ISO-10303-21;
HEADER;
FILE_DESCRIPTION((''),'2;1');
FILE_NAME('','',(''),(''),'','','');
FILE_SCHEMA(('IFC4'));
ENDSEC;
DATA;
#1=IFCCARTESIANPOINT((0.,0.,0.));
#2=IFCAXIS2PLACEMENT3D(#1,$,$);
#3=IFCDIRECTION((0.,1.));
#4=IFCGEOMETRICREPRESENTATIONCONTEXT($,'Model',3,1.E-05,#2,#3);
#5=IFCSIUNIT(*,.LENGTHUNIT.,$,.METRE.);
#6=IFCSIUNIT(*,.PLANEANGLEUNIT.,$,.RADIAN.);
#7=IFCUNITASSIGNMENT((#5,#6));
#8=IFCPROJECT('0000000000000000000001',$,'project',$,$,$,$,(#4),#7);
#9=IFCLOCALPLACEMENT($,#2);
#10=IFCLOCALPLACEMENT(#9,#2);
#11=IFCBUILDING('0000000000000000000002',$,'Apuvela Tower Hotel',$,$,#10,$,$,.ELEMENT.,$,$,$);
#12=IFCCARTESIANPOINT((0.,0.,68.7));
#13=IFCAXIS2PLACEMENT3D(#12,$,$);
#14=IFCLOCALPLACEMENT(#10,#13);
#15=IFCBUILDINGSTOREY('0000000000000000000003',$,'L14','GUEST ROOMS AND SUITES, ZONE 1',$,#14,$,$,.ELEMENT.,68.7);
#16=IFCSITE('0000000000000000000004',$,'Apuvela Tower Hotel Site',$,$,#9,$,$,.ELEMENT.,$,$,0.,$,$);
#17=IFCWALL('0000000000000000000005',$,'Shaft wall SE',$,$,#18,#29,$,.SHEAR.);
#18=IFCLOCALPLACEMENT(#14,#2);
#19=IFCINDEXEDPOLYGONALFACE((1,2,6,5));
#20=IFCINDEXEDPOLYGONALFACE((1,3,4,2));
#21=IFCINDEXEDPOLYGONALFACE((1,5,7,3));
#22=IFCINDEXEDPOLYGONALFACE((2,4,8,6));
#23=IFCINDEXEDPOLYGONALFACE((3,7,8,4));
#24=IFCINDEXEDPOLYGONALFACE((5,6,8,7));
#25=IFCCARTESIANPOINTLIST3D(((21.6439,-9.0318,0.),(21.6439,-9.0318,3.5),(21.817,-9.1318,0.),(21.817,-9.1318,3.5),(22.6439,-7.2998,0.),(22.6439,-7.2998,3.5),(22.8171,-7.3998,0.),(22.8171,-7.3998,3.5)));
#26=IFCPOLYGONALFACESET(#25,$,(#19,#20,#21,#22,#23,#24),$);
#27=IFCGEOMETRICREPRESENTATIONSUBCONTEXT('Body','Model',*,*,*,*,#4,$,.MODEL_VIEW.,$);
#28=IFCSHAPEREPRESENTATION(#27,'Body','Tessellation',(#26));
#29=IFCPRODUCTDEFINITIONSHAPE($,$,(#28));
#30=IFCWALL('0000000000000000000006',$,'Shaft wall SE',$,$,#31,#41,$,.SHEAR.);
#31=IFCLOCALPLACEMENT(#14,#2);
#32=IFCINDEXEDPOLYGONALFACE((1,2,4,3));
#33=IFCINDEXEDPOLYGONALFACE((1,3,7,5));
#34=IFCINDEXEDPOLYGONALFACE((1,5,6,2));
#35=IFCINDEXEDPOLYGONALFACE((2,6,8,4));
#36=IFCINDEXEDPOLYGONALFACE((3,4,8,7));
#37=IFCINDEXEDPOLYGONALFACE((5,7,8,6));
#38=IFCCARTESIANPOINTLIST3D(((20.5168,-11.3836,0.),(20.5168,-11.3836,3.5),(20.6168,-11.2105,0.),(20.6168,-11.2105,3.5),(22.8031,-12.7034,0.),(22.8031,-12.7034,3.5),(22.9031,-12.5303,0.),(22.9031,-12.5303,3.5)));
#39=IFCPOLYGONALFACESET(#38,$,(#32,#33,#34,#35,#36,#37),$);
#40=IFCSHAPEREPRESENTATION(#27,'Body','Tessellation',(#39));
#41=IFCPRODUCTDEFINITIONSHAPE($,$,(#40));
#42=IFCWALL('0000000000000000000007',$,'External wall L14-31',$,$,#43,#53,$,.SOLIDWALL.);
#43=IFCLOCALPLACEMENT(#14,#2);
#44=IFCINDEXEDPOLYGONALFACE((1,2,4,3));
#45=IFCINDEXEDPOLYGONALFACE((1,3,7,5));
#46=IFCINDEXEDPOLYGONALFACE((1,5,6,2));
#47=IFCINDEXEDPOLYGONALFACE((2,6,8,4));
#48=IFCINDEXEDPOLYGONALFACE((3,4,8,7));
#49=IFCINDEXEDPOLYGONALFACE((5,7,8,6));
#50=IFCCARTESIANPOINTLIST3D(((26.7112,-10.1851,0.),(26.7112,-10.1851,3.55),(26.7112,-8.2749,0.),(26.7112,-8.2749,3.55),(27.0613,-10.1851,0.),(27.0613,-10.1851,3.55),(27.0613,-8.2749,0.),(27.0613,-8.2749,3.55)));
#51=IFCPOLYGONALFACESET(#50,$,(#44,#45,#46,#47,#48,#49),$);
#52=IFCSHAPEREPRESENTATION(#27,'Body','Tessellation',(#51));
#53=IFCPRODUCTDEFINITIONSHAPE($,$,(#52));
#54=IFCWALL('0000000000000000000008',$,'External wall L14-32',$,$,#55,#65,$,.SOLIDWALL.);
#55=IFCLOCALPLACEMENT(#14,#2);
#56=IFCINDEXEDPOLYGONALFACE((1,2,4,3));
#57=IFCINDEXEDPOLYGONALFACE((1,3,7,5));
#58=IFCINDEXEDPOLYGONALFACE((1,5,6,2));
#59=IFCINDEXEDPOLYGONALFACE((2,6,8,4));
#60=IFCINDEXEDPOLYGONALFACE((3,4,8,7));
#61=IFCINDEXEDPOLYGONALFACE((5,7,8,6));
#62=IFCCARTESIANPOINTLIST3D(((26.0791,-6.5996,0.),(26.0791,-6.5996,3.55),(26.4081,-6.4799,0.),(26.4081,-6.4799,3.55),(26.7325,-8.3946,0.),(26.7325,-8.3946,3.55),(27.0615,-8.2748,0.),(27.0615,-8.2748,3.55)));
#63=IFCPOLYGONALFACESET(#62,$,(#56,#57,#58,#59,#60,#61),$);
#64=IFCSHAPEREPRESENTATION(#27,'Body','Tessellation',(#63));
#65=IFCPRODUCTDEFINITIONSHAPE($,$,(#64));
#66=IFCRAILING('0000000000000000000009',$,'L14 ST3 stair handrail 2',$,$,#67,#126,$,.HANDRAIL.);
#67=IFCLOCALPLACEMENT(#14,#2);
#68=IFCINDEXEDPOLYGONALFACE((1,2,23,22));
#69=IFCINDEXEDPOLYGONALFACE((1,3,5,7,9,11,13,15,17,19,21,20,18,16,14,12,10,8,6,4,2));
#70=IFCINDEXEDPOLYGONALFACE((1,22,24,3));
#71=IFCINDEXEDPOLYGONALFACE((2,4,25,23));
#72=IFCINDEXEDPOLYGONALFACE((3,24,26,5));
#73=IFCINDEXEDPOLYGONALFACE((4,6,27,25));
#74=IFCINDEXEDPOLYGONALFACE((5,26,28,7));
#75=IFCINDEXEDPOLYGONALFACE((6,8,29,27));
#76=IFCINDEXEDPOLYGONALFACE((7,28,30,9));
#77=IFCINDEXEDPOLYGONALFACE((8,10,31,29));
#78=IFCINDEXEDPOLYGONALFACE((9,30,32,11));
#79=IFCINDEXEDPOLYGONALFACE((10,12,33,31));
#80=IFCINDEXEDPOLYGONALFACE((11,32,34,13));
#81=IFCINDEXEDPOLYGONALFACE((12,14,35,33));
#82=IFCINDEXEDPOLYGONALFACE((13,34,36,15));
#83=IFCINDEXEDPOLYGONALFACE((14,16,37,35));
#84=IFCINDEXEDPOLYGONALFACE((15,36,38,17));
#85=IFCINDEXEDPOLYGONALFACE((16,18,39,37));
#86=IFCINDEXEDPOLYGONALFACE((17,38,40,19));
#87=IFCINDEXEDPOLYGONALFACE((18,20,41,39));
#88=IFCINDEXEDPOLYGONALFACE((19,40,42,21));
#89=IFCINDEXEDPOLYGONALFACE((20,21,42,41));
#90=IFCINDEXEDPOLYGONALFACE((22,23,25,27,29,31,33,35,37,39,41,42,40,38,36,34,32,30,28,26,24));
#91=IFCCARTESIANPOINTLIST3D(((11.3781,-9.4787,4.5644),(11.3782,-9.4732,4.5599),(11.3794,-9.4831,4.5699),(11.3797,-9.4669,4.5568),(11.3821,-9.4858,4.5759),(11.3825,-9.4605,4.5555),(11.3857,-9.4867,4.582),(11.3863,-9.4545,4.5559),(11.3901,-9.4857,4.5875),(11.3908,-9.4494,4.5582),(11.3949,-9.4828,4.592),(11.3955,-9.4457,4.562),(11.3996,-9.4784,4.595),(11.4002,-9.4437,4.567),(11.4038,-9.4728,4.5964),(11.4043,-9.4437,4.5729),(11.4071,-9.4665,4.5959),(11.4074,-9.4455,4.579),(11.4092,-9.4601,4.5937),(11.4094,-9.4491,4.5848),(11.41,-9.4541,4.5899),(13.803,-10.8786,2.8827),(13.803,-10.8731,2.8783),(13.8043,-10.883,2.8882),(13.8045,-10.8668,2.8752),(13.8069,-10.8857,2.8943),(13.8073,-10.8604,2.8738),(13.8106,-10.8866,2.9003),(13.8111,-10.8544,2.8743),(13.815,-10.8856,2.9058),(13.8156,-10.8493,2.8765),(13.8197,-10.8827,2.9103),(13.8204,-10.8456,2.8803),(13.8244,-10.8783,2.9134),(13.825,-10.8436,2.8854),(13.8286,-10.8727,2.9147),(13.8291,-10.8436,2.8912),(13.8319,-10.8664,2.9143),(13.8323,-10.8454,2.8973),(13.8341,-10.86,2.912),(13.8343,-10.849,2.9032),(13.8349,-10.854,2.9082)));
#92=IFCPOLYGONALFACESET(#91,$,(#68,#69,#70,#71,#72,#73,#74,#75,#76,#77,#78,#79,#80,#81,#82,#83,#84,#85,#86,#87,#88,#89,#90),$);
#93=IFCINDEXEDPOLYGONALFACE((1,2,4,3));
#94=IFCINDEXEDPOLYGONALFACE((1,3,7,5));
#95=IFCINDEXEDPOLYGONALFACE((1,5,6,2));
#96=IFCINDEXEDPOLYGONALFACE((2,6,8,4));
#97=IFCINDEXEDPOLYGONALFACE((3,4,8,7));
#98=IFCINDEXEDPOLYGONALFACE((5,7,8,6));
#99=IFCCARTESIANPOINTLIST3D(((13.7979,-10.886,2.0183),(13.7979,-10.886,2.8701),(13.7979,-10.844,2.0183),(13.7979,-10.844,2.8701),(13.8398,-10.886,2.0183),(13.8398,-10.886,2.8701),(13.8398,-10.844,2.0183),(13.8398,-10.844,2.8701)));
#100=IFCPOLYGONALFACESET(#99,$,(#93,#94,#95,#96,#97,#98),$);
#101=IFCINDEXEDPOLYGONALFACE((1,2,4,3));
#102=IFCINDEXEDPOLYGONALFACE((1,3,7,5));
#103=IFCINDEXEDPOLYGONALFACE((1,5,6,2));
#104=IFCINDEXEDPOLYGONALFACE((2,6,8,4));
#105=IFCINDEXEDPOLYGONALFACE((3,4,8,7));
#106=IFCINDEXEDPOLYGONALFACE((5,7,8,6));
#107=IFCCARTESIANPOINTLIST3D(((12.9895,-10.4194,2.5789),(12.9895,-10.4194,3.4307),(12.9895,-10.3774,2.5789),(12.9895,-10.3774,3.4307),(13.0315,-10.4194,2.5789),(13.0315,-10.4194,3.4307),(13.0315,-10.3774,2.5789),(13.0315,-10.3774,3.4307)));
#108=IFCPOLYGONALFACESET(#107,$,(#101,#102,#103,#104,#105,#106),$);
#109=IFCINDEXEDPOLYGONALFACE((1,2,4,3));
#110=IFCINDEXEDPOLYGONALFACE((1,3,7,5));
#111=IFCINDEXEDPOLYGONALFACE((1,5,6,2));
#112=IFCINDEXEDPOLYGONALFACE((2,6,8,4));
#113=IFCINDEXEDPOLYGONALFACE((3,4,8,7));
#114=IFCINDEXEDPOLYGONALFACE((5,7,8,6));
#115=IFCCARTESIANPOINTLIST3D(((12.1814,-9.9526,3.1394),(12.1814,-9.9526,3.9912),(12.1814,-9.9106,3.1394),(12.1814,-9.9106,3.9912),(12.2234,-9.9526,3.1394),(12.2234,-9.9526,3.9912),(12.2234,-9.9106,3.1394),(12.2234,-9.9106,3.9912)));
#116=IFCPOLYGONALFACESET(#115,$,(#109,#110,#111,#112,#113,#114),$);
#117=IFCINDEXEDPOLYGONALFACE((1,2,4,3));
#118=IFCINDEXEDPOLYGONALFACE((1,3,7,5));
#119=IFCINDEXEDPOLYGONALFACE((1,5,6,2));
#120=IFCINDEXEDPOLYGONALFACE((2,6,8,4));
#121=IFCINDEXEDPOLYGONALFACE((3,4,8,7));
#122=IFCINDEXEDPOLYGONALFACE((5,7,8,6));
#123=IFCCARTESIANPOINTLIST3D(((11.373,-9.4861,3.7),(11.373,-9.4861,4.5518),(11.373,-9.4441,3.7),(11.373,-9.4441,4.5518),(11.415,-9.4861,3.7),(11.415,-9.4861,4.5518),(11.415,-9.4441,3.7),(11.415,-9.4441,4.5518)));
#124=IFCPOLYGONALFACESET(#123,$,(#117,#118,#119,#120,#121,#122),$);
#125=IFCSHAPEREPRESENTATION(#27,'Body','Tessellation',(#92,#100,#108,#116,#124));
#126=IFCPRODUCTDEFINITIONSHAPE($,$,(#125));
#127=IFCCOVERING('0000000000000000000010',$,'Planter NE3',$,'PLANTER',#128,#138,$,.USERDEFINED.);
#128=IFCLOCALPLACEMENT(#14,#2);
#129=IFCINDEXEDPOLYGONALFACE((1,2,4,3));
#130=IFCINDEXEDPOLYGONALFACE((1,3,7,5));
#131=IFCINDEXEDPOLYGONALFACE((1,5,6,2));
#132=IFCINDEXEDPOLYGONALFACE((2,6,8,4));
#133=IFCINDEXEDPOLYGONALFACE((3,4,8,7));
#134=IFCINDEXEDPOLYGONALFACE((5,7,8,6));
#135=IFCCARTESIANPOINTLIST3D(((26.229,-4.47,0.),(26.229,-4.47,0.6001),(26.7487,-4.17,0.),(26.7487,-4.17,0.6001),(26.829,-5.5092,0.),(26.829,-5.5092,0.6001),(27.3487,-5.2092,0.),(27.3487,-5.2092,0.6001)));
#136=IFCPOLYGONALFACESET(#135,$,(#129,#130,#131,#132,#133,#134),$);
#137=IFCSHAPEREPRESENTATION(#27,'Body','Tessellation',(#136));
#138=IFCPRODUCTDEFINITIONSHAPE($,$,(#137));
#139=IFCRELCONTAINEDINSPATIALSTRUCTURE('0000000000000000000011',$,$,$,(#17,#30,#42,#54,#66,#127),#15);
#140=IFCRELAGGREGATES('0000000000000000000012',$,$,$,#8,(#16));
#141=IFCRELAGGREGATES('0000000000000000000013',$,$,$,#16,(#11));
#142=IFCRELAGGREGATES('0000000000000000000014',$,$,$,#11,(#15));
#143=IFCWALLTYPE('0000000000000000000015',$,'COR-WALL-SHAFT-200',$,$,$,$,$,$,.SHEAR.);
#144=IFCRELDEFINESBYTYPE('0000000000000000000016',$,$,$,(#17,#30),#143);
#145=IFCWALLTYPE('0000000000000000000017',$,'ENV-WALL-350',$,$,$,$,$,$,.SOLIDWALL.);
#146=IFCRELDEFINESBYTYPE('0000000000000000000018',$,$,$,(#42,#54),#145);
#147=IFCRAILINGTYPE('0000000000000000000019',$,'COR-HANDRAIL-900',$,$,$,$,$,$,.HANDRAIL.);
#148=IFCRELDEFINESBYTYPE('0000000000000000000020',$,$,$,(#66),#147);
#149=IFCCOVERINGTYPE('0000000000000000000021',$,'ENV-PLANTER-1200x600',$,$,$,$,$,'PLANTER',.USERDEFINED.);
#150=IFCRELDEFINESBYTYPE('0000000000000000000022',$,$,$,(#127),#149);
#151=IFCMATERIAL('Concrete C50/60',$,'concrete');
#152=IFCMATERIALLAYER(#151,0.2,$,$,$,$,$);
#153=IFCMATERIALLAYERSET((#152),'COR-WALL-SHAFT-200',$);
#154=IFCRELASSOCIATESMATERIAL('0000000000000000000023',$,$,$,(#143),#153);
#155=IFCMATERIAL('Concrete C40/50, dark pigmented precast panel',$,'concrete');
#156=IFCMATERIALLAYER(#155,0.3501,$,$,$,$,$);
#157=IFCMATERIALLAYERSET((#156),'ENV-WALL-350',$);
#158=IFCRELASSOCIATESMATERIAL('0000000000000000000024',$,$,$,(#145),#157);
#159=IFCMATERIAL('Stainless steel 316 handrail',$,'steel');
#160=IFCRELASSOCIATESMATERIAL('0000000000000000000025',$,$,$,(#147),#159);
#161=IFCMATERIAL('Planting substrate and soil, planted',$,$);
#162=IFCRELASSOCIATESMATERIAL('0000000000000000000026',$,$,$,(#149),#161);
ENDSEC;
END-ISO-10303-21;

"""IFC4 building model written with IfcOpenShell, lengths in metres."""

from ifc_helpers import new_model, si_unit, direction, frame, frame_2d, origin, origin_2d, place, context, subcontext, project, spatial, rectangle, circle, extrude, material, layer, layer_set, type_object, element, save


model = new_model("IFC4")

# Units and contexts
model_context = context("Model", 3, precision=1e-05, world=origin(), true_north=direction((0.0, 1.0)))
body_context = subcontext(model_context, "Body", "Model", "MODEL_VIEW")
ifc_project = project(units=[si_unit("LENGTHUNIT", "METRE"), si_unit("PLANEANGLEUNIT", "RADIAN")], contexts=[model_context])

# Site, building, storey
site_placement = place(None, origin())
site = spatial("IfcSite", under=ifc_project, at=site_placement, Name="Apuvela Tower Hotel Site", CompositionType="ELEMENT", RefElevation=0.0)
building_placement = place(site_placement, origin())
building = spatial("IfcBuilding", under=site, at=building_placement, Name="Apuvela Tower Hotel", CompositionType="ELEMENT")
storey_placement = place(building_placement, frame((0.0, 0.0, 68.7)))
storey = spatial("IfcBuildingStorey", under=building, at=storey_placement, Name="L14", Description="GUEST ROOMS AND SUITES, ZONE 1", CompositionType="ELEMENT", Elevation=68.7)

# Walls
ifc_material_1 = material(Name="Concrete C50/60", Category="concrete")
ifc_layer_1 = layer(ifc_material_1, 0.2)
ifc_layer_set_1 = layer_set([ifc_layer_1], Name="COR-WALL-SHAFT-200")
wall_type_1 = type_object("IfcWallType", Name="COR-WALL-SHAFT-200", PredefinedType="SHEAR", material=ifc_layer_set_1)
for number, where, z_axis, x_axis, name in (
    (1, (21.7305, -9.0818, 0.0), (0.0, 0.0, 1.0), (0.500025, 0.866011, 0.0), "Shaft wall SE"),
):
    element("IfcWall", number, at=place(storey_placement, frame(where, z_axis=z_axis, x_axis=x_axis)), inside=storey, type_object=wall_type_1, Name=name, PredefinedType="SHEAR", context=body_context, shape_type="SweptSolid", body=[
        extrude(rectangle(XDim=2.0, YDim=0.2, at=frame_2d((1.0, 0.0))), origin(), (0.0, 0.0, 1.0), 3.5),
    ])
wall_1_placement = place(storey_placement, frame((20.5669, -11.2971, 0.0), z_axis=(0.0, 0.0, 1.0), x_axis=(0.866061, -0.499939, 0.0)))
element("IfcWall", 2, at=wall_1_placement, inside=storey, type_object=wall_type_1, Name="Shaft wall SE", PredefinedType="SHEAR", context=body_context, shape_type="SweptSolid", body=[
    extrude(rectangle(XDim=2.6399, YDim=0.2, at=frame_2d((1.3198, 0.0))), origin(), (0.0, 0.0, 1.0), 3.5),
])
ifc_material_2 = material(Name="Concrete C40/50, dark pigmented precast panel", Category="concrete")
ifc_layer_2 = layer(ifc_material_2, 0.3501)
ifc_layer_set_2 = layer_set([ifc_layer_2], Name="ENV-WALL-350")
wall_type_2 = type_object("IfcWallType", Name="ENV-WALL-350", PredefinedType="SOLIDWALL", material=ifc_layer_set_2)
for number, where, z_axis, x_axis, name in (
    (3, (26.8862, -10.1851, 0.0), (0.0, 0.0, 1.0), (0.0, 1.0, 0.0), "External wall L14-31"),
    (4, (26.897, -8.3347, 0.0), (0.0, 0.0, 1.0), (-0.34203, 0.939689, 0.0), "External wall L14-32"),
):
    element("IfcWall", number, at=place(storey_placement, frame(where, z_axis=z_axis, x_axis=x_axis)), inside=storey, type_object=wall_type_2, Name=name, PredefinedType="SOLIDWALL", context=body_context, shape_type="SweptSolid", body=[
        extrude(rectangle(XDim=1.9102, YDim=0.3501, at=frame_2d((0.9551, 0.0))), origin(), (0.0, 0.0, 1.0), 3.55),
    ])

# Railing
ifc_material_3 = material(Name="Stainless steel 316 handrail", Category="steel")
railing_type_1 = type_object("IfcRailingType", Name="COR-HANDRAIL-900", PredefinedType="HANDRAIL", material=ifc_material_3)
railing_1_placement = place(storey_placement, frame((13.8188, -10.865, 2.0183)))
element("IfcRailing", 5, at=railing_1_placement, inside=storey, type_object=railing_type_1, Name="L14 ST3 stair handrail 2", PredefinedType="HANDRAIL", context=body_context, shape_type="SweptSolid", body=[
    extrude(circle(Radius=0.0239, at=origin_2d()), frame((0.0, 0.0, 0.876), z_axis=(-0.742419, 0.428618, 0.514879), x_axis=(-0.499984, -0.866035, 0.0)), (0.0, 0.0, 1.0), 3.2661),
    extrude(rectangle(XDim=0.042, YDim=0.042, at=origin_2d()), origin(), (0.0, 0.0, 1.0), 0.8518),
    extrude(rectangle(XDim=0.042, YDim=0.042, at=origin_2d()), frame((-0.8083, 0.4666, 0.5605)), (0.0, 0.0, 1.0), 0.8518),
    extrude(rectangle(XDim=0.042, YDim=0.042, at=origin_2d()), frame((-1.6165, 0.9333, 1.1211)), (0.0, 0.0, 1.0), 0.8518),
    extrude(rectangle(XDim=0.042, YDim=0.042, at=origin_2d()), frame((-2.4248, 1.3999, 1.6816)), (0.0, 0.0, 1.0), 0.8518),
])

# Covering
ifc_material_4 = material(Name="Planting substrate and soil, planted")
covering_type = type_object("IfcCoveringType", Name="ENV-PLANTER-1200x600", ElementType="PLANTER", PredefinedType="USERDEFINED", material=ifc_material_4)
covering_placement = place(storey_placement, frame((26.7888, -4.8396, 0.0), z_axis=(0.0, 0.0, 1.0), x_axis=(-0.5, 0.866025, 0.0)))
element("IfcCovering", 6, at=covering_placement, inside=storey, type_object=covering_type, Name="Planter NE3", ObjectType="PLANTER", PredefinedType="USERDEFINED", context=body_context, shape_type="SweptSolid", body=[
    extrude(rectangle(XDim=1.2, YDim=0.6001, at=origin_2d()), origin(), (0.0, 0.0, 1.0), 0.6001),
])

save(model, "model.ifc")
